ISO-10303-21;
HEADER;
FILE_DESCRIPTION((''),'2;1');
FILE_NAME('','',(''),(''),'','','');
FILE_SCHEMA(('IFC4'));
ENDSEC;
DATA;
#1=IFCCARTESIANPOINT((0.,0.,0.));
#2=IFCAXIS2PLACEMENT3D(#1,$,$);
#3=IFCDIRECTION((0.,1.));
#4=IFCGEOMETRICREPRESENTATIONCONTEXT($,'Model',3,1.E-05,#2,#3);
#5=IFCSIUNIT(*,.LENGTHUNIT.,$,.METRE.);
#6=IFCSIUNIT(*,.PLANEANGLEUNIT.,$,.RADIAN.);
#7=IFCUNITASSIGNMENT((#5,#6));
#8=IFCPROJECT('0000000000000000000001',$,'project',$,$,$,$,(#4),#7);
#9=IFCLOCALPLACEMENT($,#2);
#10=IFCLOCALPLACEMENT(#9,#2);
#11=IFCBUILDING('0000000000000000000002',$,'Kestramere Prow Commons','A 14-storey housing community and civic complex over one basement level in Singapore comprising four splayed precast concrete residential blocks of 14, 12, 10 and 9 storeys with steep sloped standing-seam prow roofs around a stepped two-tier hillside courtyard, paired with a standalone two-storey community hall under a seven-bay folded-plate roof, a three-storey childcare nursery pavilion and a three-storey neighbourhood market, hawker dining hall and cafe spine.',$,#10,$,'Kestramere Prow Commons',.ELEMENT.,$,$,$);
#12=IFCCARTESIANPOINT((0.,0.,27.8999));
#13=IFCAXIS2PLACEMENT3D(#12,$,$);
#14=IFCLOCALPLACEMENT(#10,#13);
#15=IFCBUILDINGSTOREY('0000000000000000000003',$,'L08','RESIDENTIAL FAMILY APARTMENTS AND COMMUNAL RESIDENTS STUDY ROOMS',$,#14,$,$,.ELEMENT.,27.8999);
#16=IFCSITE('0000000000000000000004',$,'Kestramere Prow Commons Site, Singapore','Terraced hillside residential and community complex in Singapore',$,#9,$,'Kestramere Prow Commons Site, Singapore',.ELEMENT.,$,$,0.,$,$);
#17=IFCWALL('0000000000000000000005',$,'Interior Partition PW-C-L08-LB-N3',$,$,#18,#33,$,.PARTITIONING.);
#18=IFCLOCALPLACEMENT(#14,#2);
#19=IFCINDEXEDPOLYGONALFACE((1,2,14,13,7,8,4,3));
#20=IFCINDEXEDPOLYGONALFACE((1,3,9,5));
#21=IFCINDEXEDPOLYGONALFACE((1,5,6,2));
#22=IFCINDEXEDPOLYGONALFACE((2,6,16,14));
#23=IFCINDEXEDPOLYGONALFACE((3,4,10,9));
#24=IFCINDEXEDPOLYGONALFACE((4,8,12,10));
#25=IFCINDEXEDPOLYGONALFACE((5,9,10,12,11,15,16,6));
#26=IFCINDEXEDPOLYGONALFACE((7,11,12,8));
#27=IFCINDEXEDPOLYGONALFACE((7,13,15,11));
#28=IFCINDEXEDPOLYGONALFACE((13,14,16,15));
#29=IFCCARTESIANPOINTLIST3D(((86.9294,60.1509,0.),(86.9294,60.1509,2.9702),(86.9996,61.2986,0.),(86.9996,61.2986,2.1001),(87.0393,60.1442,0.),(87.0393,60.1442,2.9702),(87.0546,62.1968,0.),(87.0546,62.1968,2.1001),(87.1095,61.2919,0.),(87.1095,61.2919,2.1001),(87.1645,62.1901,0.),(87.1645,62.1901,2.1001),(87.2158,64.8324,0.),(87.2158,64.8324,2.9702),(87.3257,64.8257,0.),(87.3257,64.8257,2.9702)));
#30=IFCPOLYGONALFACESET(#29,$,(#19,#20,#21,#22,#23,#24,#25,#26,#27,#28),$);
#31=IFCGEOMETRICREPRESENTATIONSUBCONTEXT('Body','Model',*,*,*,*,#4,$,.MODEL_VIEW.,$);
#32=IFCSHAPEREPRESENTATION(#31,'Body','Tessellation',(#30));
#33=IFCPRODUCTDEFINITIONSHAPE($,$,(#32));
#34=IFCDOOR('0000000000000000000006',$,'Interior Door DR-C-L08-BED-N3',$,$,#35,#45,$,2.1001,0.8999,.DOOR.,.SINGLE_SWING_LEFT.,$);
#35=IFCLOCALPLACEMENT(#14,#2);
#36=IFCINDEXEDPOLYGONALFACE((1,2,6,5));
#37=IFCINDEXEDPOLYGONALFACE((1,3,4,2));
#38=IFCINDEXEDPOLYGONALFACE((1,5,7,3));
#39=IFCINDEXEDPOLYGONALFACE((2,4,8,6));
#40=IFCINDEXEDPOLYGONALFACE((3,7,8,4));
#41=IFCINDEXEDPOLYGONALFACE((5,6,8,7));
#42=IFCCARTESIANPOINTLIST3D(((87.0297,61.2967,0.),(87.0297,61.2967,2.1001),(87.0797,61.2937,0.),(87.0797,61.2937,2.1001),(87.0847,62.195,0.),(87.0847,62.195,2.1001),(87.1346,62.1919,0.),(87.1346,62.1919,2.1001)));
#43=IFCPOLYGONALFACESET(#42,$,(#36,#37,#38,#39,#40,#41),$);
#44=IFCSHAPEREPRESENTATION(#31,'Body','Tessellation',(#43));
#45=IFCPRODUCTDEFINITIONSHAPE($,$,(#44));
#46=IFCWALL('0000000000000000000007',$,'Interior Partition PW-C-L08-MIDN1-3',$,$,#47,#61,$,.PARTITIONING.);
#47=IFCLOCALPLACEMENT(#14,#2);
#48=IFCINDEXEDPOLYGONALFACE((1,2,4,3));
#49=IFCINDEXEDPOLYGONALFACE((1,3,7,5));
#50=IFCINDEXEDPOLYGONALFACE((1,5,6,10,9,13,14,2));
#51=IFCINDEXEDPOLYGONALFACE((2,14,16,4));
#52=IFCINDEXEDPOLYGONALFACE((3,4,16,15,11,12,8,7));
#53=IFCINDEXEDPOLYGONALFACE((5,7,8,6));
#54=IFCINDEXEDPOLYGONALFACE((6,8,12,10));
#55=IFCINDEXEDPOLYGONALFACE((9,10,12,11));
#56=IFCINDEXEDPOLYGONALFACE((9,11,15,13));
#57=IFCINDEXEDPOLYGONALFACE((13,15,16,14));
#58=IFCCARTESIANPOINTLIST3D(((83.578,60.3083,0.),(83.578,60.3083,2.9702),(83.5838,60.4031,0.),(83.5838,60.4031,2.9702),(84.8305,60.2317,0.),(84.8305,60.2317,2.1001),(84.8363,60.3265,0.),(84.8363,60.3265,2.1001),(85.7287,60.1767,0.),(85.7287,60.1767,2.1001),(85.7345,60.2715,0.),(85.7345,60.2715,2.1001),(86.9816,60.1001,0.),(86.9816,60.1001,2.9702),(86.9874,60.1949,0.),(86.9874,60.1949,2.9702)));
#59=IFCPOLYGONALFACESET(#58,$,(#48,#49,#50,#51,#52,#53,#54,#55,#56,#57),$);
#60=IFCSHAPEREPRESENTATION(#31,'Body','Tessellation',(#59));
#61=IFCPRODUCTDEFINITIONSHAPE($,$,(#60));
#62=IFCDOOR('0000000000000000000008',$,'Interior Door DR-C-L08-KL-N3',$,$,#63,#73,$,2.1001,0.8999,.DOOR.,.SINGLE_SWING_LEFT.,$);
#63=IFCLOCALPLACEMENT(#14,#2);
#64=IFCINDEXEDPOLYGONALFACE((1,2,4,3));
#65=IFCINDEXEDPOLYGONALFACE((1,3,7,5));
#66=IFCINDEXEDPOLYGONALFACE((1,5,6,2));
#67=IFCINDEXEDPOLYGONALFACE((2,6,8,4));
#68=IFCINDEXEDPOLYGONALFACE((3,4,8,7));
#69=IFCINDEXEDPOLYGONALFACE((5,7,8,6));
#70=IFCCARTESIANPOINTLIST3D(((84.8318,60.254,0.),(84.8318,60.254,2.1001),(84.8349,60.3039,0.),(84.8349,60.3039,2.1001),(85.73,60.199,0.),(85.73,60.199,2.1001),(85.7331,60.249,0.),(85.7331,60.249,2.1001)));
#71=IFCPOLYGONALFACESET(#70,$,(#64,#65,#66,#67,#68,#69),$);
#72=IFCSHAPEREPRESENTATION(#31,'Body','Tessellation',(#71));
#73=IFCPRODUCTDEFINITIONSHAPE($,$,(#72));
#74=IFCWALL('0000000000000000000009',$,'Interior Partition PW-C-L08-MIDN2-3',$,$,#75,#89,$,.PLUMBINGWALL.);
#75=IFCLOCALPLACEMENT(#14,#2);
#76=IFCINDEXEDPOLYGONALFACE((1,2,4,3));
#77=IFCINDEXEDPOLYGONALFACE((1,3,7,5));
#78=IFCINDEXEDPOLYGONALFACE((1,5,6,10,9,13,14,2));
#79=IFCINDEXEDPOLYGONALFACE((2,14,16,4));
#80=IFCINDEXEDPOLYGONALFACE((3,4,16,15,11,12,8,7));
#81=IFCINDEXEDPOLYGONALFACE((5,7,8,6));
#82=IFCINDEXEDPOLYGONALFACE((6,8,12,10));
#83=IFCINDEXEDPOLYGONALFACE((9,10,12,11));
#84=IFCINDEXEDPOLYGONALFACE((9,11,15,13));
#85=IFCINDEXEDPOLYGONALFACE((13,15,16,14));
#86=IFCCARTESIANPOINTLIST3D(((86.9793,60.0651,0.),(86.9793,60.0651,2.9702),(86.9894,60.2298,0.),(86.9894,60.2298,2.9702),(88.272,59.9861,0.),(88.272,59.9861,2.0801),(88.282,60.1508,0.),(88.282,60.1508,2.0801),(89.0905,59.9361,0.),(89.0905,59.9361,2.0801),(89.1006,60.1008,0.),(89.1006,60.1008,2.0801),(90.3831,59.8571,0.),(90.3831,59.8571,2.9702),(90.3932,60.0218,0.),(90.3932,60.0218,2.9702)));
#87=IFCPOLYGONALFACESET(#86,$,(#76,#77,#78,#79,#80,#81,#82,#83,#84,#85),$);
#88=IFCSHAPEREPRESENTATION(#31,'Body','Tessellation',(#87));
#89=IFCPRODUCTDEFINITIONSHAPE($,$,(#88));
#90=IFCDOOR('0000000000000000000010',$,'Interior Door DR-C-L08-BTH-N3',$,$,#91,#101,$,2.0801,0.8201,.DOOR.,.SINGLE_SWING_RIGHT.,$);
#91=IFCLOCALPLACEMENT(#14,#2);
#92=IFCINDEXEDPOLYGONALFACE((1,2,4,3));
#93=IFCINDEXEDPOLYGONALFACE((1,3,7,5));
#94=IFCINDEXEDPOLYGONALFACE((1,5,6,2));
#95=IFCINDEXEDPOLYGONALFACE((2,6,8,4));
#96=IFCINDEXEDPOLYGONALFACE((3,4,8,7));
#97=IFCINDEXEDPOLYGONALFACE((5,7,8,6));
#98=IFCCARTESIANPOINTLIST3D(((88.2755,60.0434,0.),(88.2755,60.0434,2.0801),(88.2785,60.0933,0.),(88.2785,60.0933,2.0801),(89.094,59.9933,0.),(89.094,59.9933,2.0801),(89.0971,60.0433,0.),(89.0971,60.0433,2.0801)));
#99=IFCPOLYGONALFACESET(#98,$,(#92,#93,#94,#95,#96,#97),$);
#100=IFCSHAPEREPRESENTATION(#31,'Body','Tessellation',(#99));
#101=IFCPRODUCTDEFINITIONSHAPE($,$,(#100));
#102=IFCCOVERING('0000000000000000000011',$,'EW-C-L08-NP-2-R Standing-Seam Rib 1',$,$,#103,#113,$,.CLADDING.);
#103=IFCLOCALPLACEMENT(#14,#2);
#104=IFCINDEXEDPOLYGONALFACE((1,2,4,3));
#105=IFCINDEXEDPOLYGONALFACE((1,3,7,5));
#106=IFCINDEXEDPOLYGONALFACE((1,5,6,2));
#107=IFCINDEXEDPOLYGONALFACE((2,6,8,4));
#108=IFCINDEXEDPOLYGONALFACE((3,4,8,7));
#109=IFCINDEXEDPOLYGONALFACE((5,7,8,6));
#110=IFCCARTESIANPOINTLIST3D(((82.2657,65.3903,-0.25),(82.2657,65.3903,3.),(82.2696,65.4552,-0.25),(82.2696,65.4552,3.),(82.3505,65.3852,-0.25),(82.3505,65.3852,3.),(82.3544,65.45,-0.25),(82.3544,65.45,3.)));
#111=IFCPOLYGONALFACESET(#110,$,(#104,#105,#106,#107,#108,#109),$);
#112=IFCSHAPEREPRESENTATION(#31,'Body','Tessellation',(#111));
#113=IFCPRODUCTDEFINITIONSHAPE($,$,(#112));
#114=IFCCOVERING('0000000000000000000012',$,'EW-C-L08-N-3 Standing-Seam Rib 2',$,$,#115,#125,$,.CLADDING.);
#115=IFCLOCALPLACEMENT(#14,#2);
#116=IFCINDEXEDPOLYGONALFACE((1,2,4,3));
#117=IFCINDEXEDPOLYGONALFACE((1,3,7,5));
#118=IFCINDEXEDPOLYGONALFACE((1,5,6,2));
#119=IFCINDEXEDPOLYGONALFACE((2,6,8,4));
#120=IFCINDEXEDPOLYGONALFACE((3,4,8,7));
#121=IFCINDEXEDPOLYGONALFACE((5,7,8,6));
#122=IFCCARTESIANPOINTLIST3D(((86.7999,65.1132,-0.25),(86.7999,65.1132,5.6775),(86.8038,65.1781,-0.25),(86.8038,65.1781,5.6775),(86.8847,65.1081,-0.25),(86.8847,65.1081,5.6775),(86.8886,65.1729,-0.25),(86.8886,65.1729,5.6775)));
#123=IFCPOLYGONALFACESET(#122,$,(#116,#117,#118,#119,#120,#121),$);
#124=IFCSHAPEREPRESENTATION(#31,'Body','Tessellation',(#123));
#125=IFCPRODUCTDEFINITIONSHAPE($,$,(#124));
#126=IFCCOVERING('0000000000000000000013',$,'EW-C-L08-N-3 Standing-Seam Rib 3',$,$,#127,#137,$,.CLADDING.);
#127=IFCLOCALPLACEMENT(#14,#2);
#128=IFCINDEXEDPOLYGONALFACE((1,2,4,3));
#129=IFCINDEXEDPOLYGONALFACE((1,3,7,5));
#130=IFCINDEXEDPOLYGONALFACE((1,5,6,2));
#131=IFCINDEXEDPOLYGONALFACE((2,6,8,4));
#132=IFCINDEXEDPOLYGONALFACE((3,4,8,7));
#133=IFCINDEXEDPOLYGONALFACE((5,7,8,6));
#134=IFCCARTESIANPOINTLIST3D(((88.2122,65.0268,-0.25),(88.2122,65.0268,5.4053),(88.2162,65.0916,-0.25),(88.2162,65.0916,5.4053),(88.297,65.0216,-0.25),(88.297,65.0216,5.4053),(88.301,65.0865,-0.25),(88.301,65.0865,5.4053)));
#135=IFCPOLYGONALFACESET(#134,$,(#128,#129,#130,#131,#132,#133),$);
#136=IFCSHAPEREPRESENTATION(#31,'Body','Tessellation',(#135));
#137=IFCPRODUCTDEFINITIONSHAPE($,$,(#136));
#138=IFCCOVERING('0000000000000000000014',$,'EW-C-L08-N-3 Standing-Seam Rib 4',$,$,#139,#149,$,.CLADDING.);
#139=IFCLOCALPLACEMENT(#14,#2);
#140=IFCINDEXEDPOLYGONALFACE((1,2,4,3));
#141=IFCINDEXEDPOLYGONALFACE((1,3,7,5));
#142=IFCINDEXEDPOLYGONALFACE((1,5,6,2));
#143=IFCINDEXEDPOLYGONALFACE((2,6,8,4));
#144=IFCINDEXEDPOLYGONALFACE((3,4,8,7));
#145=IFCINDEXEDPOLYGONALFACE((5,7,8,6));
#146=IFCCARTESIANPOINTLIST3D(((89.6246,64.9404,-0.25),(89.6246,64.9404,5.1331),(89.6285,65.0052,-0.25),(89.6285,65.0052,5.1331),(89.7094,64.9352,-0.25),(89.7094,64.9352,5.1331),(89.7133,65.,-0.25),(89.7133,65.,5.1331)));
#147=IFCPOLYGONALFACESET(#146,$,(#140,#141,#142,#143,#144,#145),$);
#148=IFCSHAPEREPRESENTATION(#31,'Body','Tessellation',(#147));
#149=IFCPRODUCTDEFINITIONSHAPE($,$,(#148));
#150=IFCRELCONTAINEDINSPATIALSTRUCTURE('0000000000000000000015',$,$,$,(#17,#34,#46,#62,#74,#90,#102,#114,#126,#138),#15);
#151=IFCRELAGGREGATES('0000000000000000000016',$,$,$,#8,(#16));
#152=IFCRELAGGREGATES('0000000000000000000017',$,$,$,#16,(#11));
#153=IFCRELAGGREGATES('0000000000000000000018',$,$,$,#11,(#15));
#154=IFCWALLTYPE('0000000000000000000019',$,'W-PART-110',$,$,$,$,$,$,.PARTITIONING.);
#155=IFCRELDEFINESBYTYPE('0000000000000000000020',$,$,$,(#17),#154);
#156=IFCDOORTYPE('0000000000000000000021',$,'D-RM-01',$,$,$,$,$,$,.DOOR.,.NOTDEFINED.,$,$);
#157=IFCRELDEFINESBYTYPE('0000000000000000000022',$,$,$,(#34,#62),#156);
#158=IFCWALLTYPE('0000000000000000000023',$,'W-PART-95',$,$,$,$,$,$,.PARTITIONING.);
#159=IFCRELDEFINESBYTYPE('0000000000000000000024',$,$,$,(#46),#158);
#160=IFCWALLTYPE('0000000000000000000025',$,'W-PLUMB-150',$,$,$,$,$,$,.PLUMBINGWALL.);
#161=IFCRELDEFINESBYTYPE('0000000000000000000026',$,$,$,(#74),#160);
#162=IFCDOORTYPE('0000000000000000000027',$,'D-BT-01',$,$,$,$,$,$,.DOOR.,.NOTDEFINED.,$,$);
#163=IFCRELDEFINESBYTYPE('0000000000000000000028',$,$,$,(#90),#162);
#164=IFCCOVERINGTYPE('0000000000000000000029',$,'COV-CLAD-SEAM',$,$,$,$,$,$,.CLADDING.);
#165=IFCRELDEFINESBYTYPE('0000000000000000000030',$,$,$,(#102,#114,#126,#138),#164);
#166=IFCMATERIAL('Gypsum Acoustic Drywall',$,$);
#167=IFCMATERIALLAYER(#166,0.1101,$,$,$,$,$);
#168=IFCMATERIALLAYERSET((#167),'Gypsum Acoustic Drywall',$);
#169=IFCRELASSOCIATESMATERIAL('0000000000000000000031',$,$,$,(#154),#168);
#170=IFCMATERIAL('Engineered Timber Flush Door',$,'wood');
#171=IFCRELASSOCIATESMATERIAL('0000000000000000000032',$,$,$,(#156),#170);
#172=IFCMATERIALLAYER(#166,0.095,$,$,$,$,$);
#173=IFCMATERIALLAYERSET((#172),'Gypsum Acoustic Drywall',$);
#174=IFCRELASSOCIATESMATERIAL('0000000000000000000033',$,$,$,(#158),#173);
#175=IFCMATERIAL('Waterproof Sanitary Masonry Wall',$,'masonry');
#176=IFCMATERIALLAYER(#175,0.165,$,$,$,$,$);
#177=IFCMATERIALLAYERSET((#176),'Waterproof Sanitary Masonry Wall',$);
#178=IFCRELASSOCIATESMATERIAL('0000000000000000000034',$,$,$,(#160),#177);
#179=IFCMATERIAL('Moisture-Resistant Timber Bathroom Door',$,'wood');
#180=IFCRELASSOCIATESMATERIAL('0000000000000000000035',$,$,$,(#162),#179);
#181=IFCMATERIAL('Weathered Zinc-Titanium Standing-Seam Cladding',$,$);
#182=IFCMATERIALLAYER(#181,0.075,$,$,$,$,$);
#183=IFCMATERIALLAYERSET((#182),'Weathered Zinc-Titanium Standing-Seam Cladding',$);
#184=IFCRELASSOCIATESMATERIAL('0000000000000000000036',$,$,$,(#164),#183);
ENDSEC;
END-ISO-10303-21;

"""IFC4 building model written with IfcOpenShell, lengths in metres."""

from ifc_helpers import new_model, si_unit, direction, frame, frame_2d, origin, origin_2d, place, context, subcontext, project, spatial, rectangle, extrude, material, layer, layer_set, type_object, element, fill, save


model = new_model("IFC4")

# Units and contexts
model_context = context("Model", 3, precision=1e-05, world=origin(), true_north=direction((0.0, 1.0)))
body_context = subcontext(model_context, "Body", "Model", "MODEL_VIEW")
ifc_project = project(units=[si_unit("LENGTHUNIT", "METRE"), si_unit("PLANEANGLEUNIT", "RADIAN")], contexts=[model_context])

# Site, building, storey
site_placement = place(None, origin())
site = spatial("IfcSite", under=ifc_project, at=site_placement, Name="Kestramere Prow Commons Site, Singapore", Description="Terraced hillside residential and community complex in Singapore", LongName="Kestramere Prow Commons Site, Singapore", CompositionType="ELEMENT", RefElevation=0.0)
building_placement = place(site_placement, origin())
building = spatial("IfcBuilding", under=site, at=building_placement, Name="Kestramere Prow Commons", Description="A 14-storey housing community and civic complex over one basement level in Singapore comprising four splayed precast concrete residential blocks of 14, 12, 10 and 9 storeys with steep sloped standing-seam prow roofs around a stepped two-tier hillside courtyard, paired with a standalone two-storey community hall under a seven-bay folded-plate roof, a three-storey childcare nursery pavilion and a three-storey neighbourhood market, hawker dining hall and cafe spine.", LongName="Kestramere Prow Commons", CompositionType="ELEMENT")
storey_placement = place(building_placement, frame((0.0, 0.0, 27.8999)))
storey = spatial("IfcBuildingStorey", under=building, at=storey_placement, Name="L08", Description="RESIDENTIAL FAMILY APARTMENTS AND COMMUNAL RESIDENTS STUDY ROOMS", CompositionType="ELEMENT", Elevation=27.8999)

# Walls, openings, doors
ifc_material_1 = material(Name="Gypsum Acoustic Drywall")
ifc_layer_1 = layer(ifc_material_1, 0.1101)
ifc_layer_set_1 = layer_set([ifc_layer_1], Name="Gypsum Acoustic Drywall")
wall_type_1 = type_object("IfcWallType", Name="W-PART-110", PredefinedType="PARTITIONING", material=ifc_layer_set_1)
wall_1_placement = place(storey_placement, frame((86.9844, 60.1475, 0.0), z_axis=(0.0, 0.0, 1.0), x_axis=(0.061059, 0.998134, 0.0)))
wall_1 = element("IfcWall", 1, at=wall_1_placement, inside=storey, type_object=wall_type_1, Name="Interior Partition PW-C-L08-LB-N3", PredefinedType="PARTITIONING", context=body_context, shape_type="SweptSolid", body=[
    extrude(rectangle(XDim=4.6902, YDim=0.1101, at=frame_2d((2.3452, 0.0))), origin(), (0.0, 0.0, 1.0), 2.9702),
])
opening_1_placement = place(wall_1_placement, frame((1.1499, 0.0, 0.0)))
opening_1 = element("IfcOpeningElement", 2, at=opening_1_placement, cuts=wall_1, PredefinedType="OPENING", context=body_context, shape_type="SweptSolid", body=[
    extrude(rectangle(XDim=0.8999, YDim=2.1001, at=frame_2d((0.45, 1.05))), frame((0.0, 0.0701, 0.0), z_axis=(0.0, -1.0, 0.0), x_axis=(1.0, 0.0, 0.0)), (0.0, 0.0, 1.0), 0.1401),
])
ifc_material_2 = material(Name="Engineered Timber Flush Door", Category="wood")
door_type_1 = type_object("IfcDoorType", Name="D-RM-01", OperationType="NOTDEFINED", PredefinedType="DOOR", material=ifc_material_2)
door_1_placement = place(opening_1_placement, origin())
door_1 = element("IfcDoor", 3, at=door_1_placement, inside=storey, type_object=door_type_1, Name="Interior Door DR-C-L08-BED-N3", OperationType="SINGLE_SWING_LEFT", OverallHeight=2.1001, OverallWidth=0.8999, PredefinedType="DOOR", context=body_context, shape_type="SweptSolid", body=[
    extrude(rectangle(XDim=0.8999, YDim=2.1001, at=frame_2d((0.45, 1.05))), frame((0.0, 0.0249, 0.0), z_axis=(0.0, -1.0, 0.0), x_axis=(1.0, 0.0, 0.0)), (0.0, 0.0, 1.0), 0.05),
])
fill(opening_1, door_1)
ifc_layer_2 = layer(ifc_material_1, 0.095)
ifc_layer_set_2 = layer_set([ifc_layer_2], Name="Gypsum Acoustic Drywall")
wall_type_2 = type_object("IfcWallType", Name="W-PART-95", PredefinedType="PARTITIONING", material=ifc_layer_set_2)
wall_2_placement = place(storey_placement, frame((83.5808, 60.3557, 0.0), z_axis=(0.0, 0.0, 1.0), x_axis=(0.998133, -0.061072, 0.0)))
wall_2 = element("IfcWall", 4, at=wall_2_placement, inside=storey, type_object=wall_type_2, Name="Interior Partition PW-C-L08-MIDN1-3", PredefinedType="PARTITIONING", context=body_context, shape_type="SweptSolid", body=[
    extrude(rectangle(XDim=3.4099, YDim=0.095, at=frame_2d((1.7051, 0.0))), origin(), (0.0, 0.0, 1.0), 2.9702),
])
opening_2_placement = place(wall_2_placement, frame((1.2549, 0.0, 0.0)))
opening_2 = element("IfcOpeningElement", 5, at=opening_2_placement, cuts=wall_2, PredefinedType="OPENING", context=body_context, shape_type="SweptSolid", body=[
    extrude(rectangle(XDim=0.8999, YDim=2.1001, at=frame_2d((0.45, 1.05))), frame((0.0, 0.0625, 0.0), z_axis=(0.0, -1.0, 0.0), x_axis=(1.0, 0.0, 0.0)), (0.0, 0.0, 1.0), 0.125),
])
door_2_placement = place(opening_2_placement, origin())
door_2 = element("IfcDoor", 6, at=door_2_placement, inside=storey, type_object=door_type_1, Name="Interior Door DR-C-L08-KL-N3", OperationType="SINGLE_SWING_LEFT", OverallHeight=2.1001, OverallWidth=0.8999, PredefinedType="DOOR", context=body_context, shape_type="SweptSolid", body=[
    extrude(rectangle(XDim=0.8999, YDim=2.1001, at=frame_2d((0.45, 1.05))), frame((0.0, 0.0249, 0.0), z_axis=(0.0, -1.0, 0.0), x_axis=(1.0, 0.0, 0.0)), (0.0, 0.0, 1.0), 0.05),
])
fill(opening_2, door_2)
ifc_material_3 = material(Name="Waterproof Sanitary Masonry Wall", Category="masonry")
ifc_layer_3 = layer(ifc_material_3, 0.165)
ifc_layer_set_3 = layer_set([ifc_layer_3], Name="Waterproof Sanitary Masonry Wall")
wall_type_3 = type_object("IfcWallType", Name="W-PLUMB-150", PredefinedType="PLUMBINGWALL", material=ifc_layer_set_3)
wall_3_placement = place(storey_placement, frame((86.9844, 60.1475, 0.0), z_axis=(0.0, 0.0, 1.0), x_axis=(0.998138, -0.060997, 0.0)))
wall_3 = element("IfcWall", 7, at=wall_3_placement, inside=storey, type_object=wall_type_3, Name="Interior Partition PW-C-L08-MIDN2-3", PredefinedType="PLUMBINGWALL", context=body_context, shape_type="SweptSolid", body=[
    extrude(rectangle(XDim=3.4102, YDim=0.165, at=frame_2d((1.7051, 0.0))), origin(), (0.0, 0.0, 1.0), 2.9702),
])
opening_3_placement = place(wall_3_placement, frame((1.2949, 0.0, 0.0)))
opening_3 = element("IfcOpeningElement", 8, at=opening_3_placement, cuts=wall_3, PredefinedType="OPENING", context=body_context, shape_type="SweptSolid", body=[
    extrude(rectangle(XDim=0.8201, YDim=2.0801, at=frame_2d((0.4102, 1.04))), frame((0.0, 0.0974, 0.0), z_axis=(0.0, -1.0, 0.0), x_axis=(1.0, 0.0, 0.0)), (0.0, 0.0, 1.0), 0.1951),
])
ifc_material_4 = material(Name="Moisture-Resistant Timber Bathroom Door", Category="wood")
door_type_2 = type_object("IfcDoorType", Name="D-BT-01", OperationType="NOTDEFINED", PredefinedType="DOOR", material=ifc_material_4)
door_3_placement = place(opening_3_placement, origin())
door_3 = element("IfcDoor", 9, at=door_3_placement, inside=storey, type_object=door_type_2, Name="Interior Door DR-C-L08-BTH-N3", OperationType="SINGLE_SWING_RIGHT", OverallHeight=2.0801, OverallWidth=0.8201, PredefinedType="DOOR", context=body_context, shape_type="SweptSolid", body=[
    extrude(rectangle(XDim=0.8201, YDim=2.0801, at=frame_2d((0.4102, 1.04))), frame((0.0, 0.0249, 0.0), z_axis=(0.0, -1.0, 0.0), x_axis=(1.0, 0.0, 0.0)), (0.0, 0.0, 1.0), 0.05),
])
fill(opening_3, door_3)

# Coverings
ifc_material_5 = material(Name="Weathered Zinc-Titanium Standing-Seam Cladding")
ifc_layer_4 = layer(ifc_material_5, 0.075)
ifc_layer_set_4 = layer_set([ifc_layer_4], Name="Weathered Zinc-Titanium Standing-Seam Cladding")
covering_type = type_object("IfcCoveringType", Name="COV-CLAD-SEAM", PredefinedType="CLADDING", material=ifc_layer_set_4)
covering_1_placement = place(storey_placement, frame((82.3101, 65.4202, -0.25), z_axis=(0.0, 0.0, 1.0), x_axis=(0.998135, -0.061049, 0.0)))
element("IfcCovering", 10, at=covering_1_placement, inside=storey, type_object=covering_type, Name="EW-C-L08-NP-2-R Standing-Seam Rib 1", PredefinedType="CLADDING", context=body_context, shape_type="SweptSolid", body=[
    extrude(rectangle(XDim=0.085, YDim=0.0649, at=origin_2d()), origin(), (0.0, 0.0, 1.0), 3.25),
])
covering_2_placement = place(storey_placement, frame((86.8442, 65.1431, -0.25), z_axis=(0.0, 0.0, 1.0), x_axis=(0.998135, -0.061049, 0.0)))
element("IfcCovering", 11, at=covering_2_placement, inside=storey, type_object=covering_type, Name="EW-C-L08-N-3 Standing-Seam Rib 2", PredefinedType="CLADDING", context=body_context, shape_type="SweptSolid", body=[
    extrude(rectangle(XDim=0.085, YDim=0.0649, at=origin_2d()), origin(), (0.0, 0.0, 1.0), 5.9275),
])
covering_3_placement = place(storey_placement, frame((88.2566, 65.0566, -0.25), z_axis=(0.0, 0.0, 1.0), x_axis=(0.998135, -0.061049, 0.0)))
element("IfcCovering", 12, at=covering_3_placement, inside=storey, type_object=covering_type, Name="EW-C-L08-N-3 Standing-Seam Rib 3", PredefinedType="CLADDING", context=body_context, shape_type="SweptSolid", body=[
    extrude(rectangle(XDim=0.085, YDim=0.0649, at=origin_2d()), origin(), (0.0, 0.0, 1.0), 5.6553),
])
covering_4_placement = place(storey_placement, frame((89.6689, 64.9702, -0.25), z_axis=(0.0, 0.0, 1.0), x_axis=(0.998135, -0.061049, 0.0)))
element("IfcCovering", 13, at=covering_4_placement, inside=storey, type_object=covering_type, Name="EW-C-L08-N-3 Standing-Seam Rib 4", PredefinedType="CLADDING", context=body_context, shape_type="SweptSolid", body=[
    extrude(rectangle(XDim=0.085, YDim=0.0649, at=origin_2d()), origin(), (0.0, 0.0, 1.0), 5.3831),
])

save(model, "model.ifc")
